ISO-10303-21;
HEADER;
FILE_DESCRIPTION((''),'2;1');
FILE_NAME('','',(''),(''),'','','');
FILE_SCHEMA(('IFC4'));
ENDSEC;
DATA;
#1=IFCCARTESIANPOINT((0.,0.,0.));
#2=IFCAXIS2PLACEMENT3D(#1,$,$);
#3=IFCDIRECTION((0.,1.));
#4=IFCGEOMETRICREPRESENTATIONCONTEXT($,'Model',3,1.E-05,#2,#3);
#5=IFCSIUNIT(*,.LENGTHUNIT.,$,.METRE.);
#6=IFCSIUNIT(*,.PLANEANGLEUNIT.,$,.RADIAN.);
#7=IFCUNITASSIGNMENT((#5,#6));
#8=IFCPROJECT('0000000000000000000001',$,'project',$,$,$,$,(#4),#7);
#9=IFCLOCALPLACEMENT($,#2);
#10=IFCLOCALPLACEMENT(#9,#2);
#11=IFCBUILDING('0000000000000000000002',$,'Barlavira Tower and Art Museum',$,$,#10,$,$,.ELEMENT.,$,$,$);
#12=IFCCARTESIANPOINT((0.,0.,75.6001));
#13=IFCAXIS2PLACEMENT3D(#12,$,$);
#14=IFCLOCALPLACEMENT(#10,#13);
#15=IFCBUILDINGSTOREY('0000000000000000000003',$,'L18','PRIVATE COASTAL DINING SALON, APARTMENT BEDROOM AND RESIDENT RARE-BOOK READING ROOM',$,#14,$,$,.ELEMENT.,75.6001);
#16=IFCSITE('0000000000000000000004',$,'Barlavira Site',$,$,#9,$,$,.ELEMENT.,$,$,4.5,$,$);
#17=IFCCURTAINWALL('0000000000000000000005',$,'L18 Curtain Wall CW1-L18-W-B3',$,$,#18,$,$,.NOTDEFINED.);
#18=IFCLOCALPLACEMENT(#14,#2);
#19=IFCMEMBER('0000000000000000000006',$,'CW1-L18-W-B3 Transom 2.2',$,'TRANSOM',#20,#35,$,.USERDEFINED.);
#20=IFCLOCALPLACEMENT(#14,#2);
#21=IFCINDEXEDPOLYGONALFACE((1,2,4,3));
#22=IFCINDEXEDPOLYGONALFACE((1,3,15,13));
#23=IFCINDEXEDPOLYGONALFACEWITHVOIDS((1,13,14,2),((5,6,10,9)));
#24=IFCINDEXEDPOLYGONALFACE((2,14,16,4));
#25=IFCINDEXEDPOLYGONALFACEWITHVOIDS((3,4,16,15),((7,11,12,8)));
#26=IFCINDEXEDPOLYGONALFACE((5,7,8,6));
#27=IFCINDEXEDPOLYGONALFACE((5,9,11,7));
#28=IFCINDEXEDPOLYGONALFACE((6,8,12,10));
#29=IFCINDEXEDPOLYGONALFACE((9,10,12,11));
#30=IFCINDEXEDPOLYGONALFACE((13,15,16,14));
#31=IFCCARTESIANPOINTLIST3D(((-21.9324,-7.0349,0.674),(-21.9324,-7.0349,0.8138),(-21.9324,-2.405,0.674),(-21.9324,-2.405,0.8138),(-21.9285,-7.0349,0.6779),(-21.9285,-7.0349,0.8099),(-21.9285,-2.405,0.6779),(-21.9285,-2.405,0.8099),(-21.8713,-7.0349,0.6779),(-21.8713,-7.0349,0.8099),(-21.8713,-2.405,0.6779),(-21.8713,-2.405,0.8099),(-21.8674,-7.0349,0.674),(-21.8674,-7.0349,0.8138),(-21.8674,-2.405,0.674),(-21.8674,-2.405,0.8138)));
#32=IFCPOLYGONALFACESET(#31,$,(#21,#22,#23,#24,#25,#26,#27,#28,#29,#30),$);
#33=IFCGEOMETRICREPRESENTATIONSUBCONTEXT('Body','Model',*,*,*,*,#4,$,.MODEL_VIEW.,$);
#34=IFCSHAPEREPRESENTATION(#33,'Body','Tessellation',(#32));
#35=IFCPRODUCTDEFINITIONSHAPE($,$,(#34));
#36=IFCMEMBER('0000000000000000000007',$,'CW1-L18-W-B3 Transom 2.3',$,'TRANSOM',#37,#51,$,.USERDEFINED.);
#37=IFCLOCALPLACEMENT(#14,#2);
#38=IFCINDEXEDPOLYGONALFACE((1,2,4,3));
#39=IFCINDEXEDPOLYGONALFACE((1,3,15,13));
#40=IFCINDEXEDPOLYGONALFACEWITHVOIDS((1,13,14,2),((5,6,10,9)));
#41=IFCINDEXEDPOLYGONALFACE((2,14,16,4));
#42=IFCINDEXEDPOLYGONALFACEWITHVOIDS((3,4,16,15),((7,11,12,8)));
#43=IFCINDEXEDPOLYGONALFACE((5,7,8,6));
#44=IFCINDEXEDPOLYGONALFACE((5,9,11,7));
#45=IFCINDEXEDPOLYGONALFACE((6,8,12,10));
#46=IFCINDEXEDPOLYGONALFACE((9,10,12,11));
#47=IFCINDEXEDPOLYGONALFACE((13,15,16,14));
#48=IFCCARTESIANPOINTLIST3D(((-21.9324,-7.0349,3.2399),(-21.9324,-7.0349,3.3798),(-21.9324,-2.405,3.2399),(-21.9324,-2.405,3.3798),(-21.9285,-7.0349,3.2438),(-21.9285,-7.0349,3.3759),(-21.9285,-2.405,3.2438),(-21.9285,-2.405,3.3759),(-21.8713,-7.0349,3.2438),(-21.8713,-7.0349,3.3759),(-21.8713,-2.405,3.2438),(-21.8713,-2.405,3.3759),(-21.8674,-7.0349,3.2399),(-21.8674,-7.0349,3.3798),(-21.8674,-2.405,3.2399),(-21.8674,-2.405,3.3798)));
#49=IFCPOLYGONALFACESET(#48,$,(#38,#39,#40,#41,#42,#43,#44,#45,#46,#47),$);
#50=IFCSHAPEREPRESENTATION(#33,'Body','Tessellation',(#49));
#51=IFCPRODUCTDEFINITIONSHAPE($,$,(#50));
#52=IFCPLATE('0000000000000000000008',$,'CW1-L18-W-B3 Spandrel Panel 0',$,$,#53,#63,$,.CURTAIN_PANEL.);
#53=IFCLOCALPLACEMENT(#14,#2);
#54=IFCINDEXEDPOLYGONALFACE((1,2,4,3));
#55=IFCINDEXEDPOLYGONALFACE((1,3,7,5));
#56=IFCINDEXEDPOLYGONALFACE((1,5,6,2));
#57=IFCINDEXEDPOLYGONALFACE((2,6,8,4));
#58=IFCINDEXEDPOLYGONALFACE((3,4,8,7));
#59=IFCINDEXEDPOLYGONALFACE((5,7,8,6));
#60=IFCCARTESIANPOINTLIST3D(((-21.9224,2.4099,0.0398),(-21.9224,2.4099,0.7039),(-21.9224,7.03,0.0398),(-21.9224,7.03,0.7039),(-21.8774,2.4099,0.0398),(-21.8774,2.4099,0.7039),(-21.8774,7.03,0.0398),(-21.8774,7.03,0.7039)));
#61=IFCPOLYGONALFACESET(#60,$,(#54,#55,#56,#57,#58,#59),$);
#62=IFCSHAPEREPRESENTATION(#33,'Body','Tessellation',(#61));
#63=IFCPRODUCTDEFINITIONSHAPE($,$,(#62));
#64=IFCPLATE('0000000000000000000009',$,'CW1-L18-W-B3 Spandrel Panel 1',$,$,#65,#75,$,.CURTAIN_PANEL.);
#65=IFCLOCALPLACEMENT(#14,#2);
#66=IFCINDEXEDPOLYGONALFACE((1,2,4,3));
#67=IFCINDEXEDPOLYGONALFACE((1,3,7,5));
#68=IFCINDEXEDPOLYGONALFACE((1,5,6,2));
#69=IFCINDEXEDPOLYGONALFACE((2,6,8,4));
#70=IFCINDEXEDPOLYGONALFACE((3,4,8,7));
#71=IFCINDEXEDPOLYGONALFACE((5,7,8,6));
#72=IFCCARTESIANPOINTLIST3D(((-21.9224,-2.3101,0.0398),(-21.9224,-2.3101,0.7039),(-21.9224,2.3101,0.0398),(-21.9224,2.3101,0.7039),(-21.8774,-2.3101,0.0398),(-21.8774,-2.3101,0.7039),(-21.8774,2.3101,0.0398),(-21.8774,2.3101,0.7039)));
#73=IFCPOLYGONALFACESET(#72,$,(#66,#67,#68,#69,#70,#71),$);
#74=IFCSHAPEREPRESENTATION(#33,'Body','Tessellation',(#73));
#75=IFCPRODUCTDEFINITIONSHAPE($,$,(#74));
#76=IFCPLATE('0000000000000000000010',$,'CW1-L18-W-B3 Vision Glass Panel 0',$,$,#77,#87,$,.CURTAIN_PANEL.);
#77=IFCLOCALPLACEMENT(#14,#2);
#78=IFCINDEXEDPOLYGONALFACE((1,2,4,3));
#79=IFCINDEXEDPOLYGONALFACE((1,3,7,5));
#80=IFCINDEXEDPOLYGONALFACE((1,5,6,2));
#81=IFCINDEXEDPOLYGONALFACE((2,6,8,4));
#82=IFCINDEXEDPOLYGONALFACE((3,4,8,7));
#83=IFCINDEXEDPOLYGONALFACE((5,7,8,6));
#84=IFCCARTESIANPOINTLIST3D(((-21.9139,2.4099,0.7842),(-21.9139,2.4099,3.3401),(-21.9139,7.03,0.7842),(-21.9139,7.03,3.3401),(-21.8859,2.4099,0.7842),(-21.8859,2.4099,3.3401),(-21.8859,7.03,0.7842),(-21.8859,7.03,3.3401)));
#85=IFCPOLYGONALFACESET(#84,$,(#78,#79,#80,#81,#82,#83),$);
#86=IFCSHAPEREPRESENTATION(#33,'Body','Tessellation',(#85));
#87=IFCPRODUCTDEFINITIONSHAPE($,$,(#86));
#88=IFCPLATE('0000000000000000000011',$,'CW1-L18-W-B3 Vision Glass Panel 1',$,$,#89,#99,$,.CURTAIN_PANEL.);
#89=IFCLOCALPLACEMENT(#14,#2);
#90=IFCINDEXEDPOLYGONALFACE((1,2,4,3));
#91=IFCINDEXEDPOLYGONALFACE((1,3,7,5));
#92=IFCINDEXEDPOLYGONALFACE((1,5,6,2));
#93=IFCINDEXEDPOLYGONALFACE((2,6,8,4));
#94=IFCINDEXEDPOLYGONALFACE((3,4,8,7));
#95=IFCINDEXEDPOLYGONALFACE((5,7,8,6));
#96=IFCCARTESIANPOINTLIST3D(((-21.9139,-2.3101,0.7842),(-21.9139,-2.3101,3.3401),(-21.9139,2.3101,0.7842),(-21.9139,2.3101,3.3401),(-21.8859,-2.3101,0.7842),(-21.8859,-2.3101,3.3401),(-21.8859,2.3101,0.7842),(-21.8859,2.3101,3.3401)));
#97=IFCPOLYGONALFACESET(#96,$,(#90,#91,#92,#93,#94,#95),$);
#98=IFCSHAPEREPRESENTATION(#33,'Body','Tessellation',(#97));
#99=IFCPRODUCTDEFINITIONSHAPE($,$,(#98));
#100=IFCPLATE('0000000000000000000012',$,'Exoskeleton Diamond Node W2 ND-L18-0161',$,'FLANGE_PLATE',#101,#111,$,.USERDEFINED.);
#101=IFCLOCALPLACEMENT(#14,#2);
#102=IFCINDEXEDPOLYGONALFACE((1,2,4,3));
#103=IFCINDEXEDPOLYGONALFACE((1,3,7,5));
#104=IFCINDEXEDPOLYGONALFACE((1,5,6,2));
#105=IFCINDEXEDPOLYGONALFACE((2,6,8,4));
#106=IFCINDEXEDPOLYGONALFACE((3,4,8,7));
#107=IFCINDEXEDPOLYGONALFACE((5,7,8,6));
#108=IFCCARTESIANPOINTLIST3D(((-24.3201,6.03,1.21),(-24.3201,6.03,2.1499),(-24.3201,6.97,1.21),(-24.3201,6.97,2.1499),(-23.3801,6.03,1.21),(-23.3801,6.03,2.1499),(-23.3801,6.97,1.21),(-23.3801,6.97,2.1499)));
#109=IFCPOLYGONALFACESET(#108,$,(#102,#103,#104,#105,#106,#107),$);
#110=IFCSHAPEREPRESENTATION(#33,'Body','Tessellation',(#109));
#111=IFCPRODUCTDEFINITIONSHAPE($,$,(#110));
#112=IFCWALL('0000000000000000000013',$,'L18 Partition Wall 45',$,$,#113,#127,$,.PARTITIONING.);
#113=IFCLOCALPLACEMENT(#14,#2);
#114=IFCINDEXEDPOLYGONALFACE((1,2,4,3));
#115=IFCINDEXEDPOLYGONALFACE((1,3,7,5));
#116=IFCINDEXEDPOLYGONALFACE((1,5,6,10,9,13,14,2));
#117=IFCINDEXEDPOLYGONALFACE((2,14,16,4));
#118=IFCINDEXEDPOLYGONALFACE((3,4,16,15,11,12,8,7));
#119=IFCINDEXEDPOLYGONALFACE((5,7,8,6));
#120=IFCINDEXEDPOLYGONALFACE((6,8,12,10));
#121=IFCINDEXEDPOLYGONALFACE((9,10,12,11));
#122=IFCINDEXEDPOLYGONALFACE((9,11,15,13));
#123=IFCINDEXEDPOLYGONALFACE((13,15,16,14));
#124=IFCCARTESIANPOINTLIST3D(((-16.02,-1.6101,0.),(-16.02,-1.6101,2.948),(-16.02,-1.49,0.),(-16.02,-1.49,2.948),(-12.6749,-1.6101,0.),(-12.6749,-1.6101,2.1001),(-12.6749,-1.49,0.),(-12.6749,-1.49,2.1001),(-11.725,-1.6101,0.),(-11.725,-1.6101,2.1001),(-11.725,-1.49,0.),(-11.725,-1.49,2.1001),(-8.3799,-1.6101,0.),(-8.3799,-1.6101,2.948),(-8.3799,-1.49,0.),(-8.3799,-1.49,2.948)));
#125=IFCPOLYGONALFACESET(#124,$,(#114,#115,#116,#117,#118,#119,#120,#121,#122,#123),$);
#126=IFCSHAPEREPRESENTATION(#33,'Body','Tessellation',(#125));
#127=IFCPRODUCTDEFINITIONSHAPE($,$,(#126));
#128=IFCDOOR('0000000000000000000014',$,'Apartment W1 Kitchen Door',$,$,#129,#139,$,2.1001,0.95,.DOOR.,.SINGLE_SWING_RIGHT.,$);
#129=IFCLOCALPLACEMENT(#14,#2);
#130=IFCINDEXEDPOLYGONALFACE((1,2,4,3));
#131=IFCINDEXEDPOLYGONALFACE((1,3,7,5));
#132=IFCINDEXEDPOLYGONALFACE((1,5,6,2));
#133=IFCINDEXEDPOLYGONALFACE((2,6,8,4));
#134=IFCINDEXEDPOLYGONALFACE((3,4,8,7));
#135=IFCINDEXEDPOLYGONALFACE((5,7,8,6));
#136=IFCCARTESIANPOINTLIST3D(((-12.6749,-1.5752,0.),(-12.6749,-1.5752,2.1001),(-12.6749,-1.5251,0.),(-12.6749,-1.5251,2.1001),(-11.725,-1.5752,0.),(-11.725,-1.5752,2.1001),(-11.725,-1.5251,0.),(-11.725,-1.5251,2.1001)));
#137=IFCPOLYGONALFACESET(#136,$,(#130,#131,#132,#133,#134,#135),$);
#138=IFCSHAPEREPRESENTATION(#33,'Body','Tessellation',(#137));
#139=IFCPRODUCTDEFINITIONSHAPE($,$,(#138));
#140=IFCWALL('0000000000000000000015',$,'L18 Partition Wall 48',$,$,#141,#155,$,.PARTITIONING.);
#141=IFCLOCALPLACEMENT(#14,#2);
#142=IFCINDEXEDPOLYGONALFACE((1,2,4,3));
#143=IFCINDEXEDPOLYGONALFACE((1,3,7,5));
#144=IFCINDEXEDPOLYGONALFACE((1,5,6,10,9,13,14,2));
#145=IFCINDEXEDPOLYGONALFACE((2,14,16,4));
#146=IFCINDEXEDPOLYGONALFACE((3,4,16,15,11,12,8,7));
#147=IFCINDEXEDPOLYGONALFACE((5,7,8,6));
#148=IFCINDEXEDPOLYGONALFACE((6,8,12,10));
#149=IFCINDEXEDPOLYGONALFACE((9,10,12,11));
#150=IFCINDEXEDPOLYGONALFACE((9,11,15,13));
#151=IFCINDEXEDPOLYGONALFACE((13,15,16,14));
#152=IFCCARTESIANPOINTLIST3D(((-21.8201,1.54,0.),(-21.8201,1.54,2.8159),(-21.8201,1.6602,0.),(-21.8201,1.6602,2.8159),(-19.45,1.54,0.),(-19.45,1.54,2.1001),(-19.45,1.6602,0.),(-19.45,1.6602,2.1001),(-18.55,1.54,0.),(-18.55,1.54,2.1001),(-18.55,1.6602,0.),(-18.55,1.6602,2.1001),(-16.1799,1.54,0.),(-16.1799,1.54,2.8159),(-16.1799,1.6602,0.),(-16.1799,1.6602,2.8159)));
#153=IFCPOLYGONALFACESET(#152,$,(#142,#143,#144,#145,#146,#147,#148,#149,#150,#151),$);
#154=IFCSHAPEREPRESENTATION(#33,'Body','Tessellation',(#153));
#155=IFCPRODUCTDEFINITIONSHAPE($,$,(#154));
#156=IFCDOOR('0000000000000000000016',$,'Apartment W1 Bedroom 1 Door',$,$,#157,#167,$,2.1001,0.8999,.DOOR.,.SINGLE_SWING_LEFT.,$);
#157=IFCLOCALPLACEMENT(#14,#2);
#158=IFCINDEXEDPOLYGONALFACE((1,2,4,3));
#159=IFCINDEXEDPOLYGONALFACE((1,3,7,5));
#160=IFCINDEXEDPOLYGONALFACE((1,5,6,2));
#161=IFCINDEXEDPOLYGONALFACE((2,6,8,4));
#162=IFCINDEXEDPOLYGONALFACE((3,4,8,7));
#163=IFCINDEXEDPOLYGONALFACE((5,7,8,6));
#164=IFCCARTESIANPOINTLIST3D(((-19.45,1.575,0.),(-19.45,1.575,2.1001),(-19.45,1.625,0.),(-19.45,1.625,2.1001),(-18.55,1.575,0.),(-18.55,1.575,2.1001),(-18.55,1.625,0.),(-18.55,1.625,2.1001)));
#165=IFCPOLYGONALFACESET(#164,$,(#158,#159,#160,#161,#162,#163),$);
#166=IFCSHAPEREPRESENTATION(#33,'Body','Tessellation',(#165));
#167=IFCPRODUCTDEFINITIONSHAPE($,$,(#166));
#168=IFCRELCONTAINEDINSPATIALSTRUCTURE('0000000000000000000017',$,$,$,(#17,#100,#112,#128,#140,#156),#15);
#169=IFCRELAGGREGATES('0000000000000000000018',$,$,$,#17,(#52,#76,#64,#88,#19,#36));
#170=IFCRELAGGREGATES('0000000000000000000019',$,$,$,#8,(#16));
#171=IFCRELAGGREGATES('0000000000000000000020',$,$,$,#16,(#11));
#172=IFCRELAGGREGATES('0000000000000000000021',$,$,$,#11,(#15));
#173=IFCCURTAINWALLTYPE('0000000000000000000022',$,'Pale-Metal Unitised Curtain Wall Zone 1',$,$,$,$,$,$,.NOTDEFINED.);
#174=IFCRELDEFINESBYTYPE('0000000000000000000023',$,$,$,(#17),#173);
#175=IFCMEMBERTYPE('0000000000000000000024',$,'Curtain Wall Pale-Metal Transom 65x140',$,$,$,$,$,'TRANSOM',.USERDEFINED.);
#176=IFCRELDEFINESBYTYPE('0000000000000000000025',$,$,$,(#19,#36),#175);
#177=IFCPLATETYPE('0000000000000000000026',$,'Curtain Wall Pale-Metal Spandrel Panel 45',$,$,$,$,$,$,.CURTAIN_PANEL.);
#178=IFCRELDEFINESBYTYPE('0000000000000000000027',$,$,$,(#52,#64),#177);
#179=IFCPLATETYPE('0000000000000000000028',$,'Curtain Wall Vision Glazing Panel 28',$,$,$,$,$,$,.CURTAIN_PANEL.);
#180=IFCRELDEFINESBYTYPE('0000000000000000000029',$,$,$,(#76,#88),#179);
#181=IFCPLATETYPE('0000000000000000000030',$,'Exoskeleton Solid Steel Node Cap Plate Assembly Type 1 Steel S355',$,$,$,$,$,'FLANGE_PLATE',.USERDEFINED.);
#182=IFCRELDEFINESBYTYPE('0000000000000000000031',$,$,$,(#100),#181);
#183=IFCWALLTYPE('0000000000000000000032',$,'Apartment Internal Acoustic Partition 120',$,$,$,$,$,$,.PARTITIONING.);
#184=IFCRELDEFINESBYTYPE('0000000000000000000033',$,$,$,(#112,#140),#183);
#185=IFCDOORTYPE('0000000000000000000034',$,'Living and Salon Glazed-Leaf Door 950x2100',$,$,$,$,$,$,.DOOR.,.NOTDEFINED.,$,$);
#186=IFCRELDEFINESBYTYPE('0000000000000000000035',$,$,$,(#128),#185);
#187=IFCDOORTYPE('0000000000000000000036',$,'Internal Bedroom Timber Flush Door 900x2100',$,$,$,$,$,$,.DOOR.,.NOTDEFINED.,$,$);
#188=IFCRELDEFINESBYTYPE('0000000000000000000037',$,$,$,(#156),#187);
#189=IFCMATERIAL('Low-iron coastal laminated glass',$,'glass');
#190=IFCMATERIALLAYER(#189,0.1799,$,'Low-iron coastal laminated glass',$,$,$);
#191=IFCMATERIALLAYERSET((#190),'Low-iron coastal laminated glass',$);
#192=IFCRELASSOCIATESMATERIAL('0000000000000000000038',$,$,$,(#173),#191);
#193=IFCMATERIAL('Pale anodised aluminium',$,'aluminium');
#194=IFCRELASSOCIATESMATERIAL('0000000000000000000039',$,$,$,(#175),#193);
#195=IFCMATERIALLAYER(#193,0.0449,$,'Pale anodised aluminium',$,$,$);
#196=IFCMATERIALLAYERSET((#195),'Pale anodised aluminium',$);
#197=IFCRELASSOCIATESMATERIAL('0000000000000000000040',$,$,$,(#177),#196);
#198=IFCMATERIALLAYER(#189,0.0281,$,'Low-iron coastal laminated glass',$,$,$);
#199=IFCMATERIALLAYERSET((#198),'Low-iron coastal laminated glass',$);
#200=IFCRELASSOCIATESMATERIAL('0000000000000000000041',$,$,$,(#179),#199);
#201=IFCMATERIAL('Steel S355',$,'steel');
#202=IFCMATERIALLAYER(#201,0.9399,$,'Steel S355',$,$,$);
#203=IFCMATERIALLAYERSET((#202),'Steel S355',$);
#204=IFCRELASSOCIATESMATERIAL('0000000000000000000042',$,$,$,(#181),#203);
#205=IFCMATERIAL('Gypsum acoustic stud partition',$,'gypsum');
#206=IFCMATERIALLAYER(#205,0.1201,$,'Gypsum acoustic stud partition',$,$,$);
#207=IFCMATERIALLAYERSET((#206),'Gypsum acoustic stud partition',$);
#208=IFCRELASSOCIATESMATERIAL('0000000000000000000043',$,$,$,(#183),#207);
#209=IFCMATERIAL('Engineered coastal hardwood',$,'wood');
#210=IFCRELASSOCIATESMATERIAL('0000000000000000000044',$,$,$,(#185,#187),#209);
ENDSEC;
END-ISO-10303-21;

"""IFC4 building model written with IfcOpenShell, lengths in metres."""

from ifc_helpers import new_model, si_unit, direction, frame, frame_2d, origin, origin_2d, place, context, subcontext, project, spatial, rectangle, hollow_rectangle, extrude, material, layer, layer_set, material_profile, profile_set, type_object, element, fill, aggregate, save


model = new_model("IFC4")

# Units and contexts
model_context = context("Model", 3, precision=1e-05, world=origin(), true_north=direction((0.0, 1.0)))
body_context = subcontext(model_context, "Body", "Model", "MODEL_VIEW")
ifc_project = project(units=[si_unit("LENGTHUNIT", "METRE"), si_unit("PLANEANGLEUNIT", "RADIAN")], contexts=[model_context])

# Site, building, storey
site_placement = place(None, origin())
site = spatial("IfcSite", under=ifc_project, at=site_placement, Name="Barlavira Site", CompositionType="ELEMENT", RefElevation=4.5)
building_placement = place(site_placement, origin())
building = spatial("IfcBuilding", under=site, at=building_placement, Name="Barlavira Tower and Art Museum", CompositionType="ELEMENT")
storey_placement = place(building_placement, frame((0.0, 0.0, 75.6001)))
storey = spatial("IfcBuildingStorey", under=building, at=storey_placement, Name="L18", Description="PRIVATE COASTAL DINING SALON, APARTMENT BEDROOM AND RESIDENT RARE-BOOK READING ROOM", CompositionType="ELEMENT", Elevation=75.6001)

# Curtain wall, members, plates
ifc_material_1 = material(Name="Low-iron coastal laminated glass", Category="glass")
ifc_layer_1 = layer(ifc_material_1, 0.1799, Name="Low-iron coastal laminated glass")
ifc_layer_set_1 = layer_set([ifc_layer_1], Name="Low-iron coastal laminated glass")
curtain_wall_type = type_object("IfcCurtainWallType", Name="Pale-Metal Unitised Curtain Wall Zone 1", PredefinedType="NOTDEFINED", material=ifc_layer_set_1)
curtain_wall_placement = place(storey_placement, origin())
curtain_wall = element("IfcCurtainWall", 1, at=curtain_wall_placement, inside=storey, type_object=curtain_wall_type, Name="L18 Curtain Wall CW1-L18-W-B3", PredefinedType="NOTDEFINED")
ifc_material_2 = material(Name="Pale anodised aluminium", Category="aluminium")
ifc_material_profile_1 = material_profile(ifc_material_2, hollow_rectangle(XDim=0.0649, YDim=0.1399, WallThickness=0.0039, at=origin_2d()), Name="ALU-TRAN 65x140x4")
ifc_profile_set_1 = profile_set([ifc_material_profile_1], Name="Pale anodised aluminium")
member_type_1 = type_object("IfcMemberType", Name="Curtain Wall Pale-Metal Transom 65x140", ElementType="TRANSOM", PredefinedType="USERDEFINED", material=ifc_profile_set_1)
member_1_placement = place(storey_placement, frame((-21.8999, -2.405, 0.7439), z_axis=(0.0, -1.0, 0.0), x_axis=(1.0, 0.0, 0.0)))
member_1 = element("IfcMember", 2, at=member_1_placement, type_object=member_type_1, Name="CW1-L18-W-B3 Transom 2.2", ObjectType="TRANSOM", PredefinedType="USERDEFINED", context=body_context, shape_type="SweptSolid", body=[
    extrude(hollow_rectangle(XDim=0.0649, YDim=0.1399, WallThickness=0.0039, at=origin_2d()), origin(), (0.0, 0.0, 1.0), 4.6299),
])
member_2_placement = place(storey_placement, frame((-21.8999, -2.405, 3.3098), z_axis=(0.0, -1.0, 0.0), x_axis=(1.0, 0.0, 0.0)))
member_2 = element("IfcMember", 3, at=member_2_placement, type_object=member_type_1, Name="CW1-L18-W-B3 Transom 2.3", ObjectType="TRANSOM", PredefinedType="USERDEFINED", context=body_context, shape_type="SweptSolid", body=[
    extrude(hollow_rectangle(XDim=0.0649, YDim=0.1399, WallThickness=0.0039, at=origin_2d()), origin(), (0.0, 0.0, 1.0), 4.6299),
])
ifc_layer_2 = layer(ifc_material_2, 0.0449, Name="Pale anodised aluminium")
ifc_layer_set_2 = layer_set([ifc_layer_2], Name="Pale anodised aluminium")
plate_type_1 = type_object("IfcPlateType", Name="Curtain Wall Pale-Metal Spandrel Panel 45", PredefinedType="CURTAIN_PANEL", material=ifc_layer_set_2)
plate_1_placement = place(storey_placement, frame((-21.8999, 4.72, 0.0398), z_axis=(0.0, 0.0, 1.0), x_axis=(0.0, -1.0, 0.0)))
plate_1 = element("IfcPlate", 4, at=plate_1_placement, type_object=plate_type_1, Name="CW1-L18-W-B3 Spandrel Panel 0", PredefinedType="CURTAIN_PANEL", context=body_context, shape_type="SweptSolid", body=[
    extrude(rectangle(XDim=4.6201, YDim=0.0449, at=origin_2d()), origin(), (0.0, 0.0, 1.0), 0.6641),
])
plate_2_placement = place(storey_placement, frame((-21.8999, 0.0, 0.0398), z_axis=(0.0, 0.0, 1.0), x_axis=(0.0, -1.0, 0.0)))
plate_2 = element("IfcPlate", 5, at=plate_2_placement, type_object=plate_type_1, Name="CW1-L18-W-B3 Spandrel Panel 1", PredefinedType="CURTAIN_PANEL", context=body_context, shape_type="SweptSolid", body=[
    extrude(rectangle(XDim=4.6201, YDim=0.0449, at=origin_2d()), origin(), (0.0, 0.0, 1.0), 0.6641),
])
ifc_layer_3 = layer(ifc_material_1, 0.0281, Name="Low-iron coastal laminated glass")
ifc_layer_set_3 = layer_set([ifc_layer_3], Name="Low-iron coastal laminated glass")
plate_type_2 = type_object("IfcPlateType", Name="Curtain Wall Vision Glazing Panel 28", PredefinedType="CURTAIN_PANEL", material=ifc_layer_set_3)
plate_3_placement = place(storey_placement, frame((-21.8999, 4.72, 0.7842), z_axis=(0.0, 0.0, 1.0), x_axis=(0.0, -1.0, 0.0)))
plate_3 = element("IfcPlate", 6, at=plate_3_placement, type_object=plate_type_2, Name="CW1-L18-W-B3 Vision Glass Panel 0", PredefinedType="CURTAIN_PANEL", context=body_context, shape_type="SweptSolid", body=[
    extrude(rectangle(XDim=4.6201, YDim=0.0281, at=origin_2d()), origin(), (0.0, 0.0, 1.0), 2.5559),
])
plate_4_placement = place(storey_placement, frame((-21.8999, 0.0, 0.7842), z_axis=(0.0, 0.0, 1.0), x_axis=(0.0, -1.0, 0.0)))
plate_4 = element("IfcPlate", 7, at=plate_4_placement, type_object=plate_type_2, Name="CW1-L18-W-B3 Vision Glass Panel 1", PredefinedType="CURTAIN_PANEL", context=body_context, shape_type="SweptSolid", body=[
    extrude(rectangle(XDim=4.6201, YDim=0.0281, at=origin_2d()), origin(), (0.0, 0.0, 1.0), 2.5559),
])
aggregate(curtain_wall, [plate_1, plate_3, plate_2, plate_4, member_1, member_2])

# Plate
ifc_material_3 = material(Name="Steel S355", Category="steel")
ifc_layer_4 = layer(ifc_material_3, 0.9399, Name="Steel S355")
ifc_layer_set_4 = layer_set([ifc_layer_4], Name="Steel S355")
plate_type_3 = type_object("IfcPlateType", Name="Exoskeleton Solid Steel Node Cap Plate Assembly Type 1 Steel S355", ElementType="FLANGE_PLATE", PredefinedType="USERDEFINED", material=ifc_layer_set_4)
plate_5_placement = place(storey_placement, frame((-23.8501, 6.5, 1.21), z_axis=(0.0, 0.0, 1.0), x_axis=(1.0, 0.0, 0.0)))
element("IfcPlate", 8, at=plate_5_placement, inside=storey, type_object=plate_type_3, Name="Exoskeleton Diamond Node W2 ND-L18-0161", ObjectType="FLANGE_PLATE", PredefinedType="USERDEFINED", context=body_context, shape_type="SweptSolid", body=[
    extrude(rectangle(XDim=0.9399, YDim=0.9399, at=origin_2d()), origin(), (0.0, 0.0, 1.0), 0.9399),
])

# Walls, openings, doors
ifc_material_4 = material(Name="Gypsum acoustic stud partition", Category="gypsum")
ifc_layer_5 = layer(ifc_material_4, 0.1201, Name="Gypsum acoustic stud partition")
ifc_layer_set_5 = layer_set([ifc_layer_5], Name="Gypsum acoustic stud partition")
wall_type = type_object("IfcWallType", Name="Apartment Internal Acoustic Partition 120", PredefinedType="PARTITIONING", material=ifc_layer_set_5)
wall_1_placement = place(storey_placement, frame((-16.02, -1.55, 0.0), z_axis=(0.0, 0.0, 1.0), x_axis=(1.0, 0.0, 0.0)))
wall_1 = element("IfcWall", 9, at=wall_1_placement, inside=storey, type_object=wall_type, Name="L18 Partition Wall 45", PredefinedType="PARTITIONING", context=body_context, shape_type="SweptSolid", body=[
    extrude(rectangle(XDim=7.6401, YDim=0.1201, at=frame_2d((3.8201, 0.0))), origin(), (0.0, 0.0, 1.0), 2.948),
])
opening_1_placement = place(wall_1_placement, frame((3.345, 0.0, 0.0)))
opening_1 = element("IfcOpeningElement", 10, at=opening_1_placement, cuts=wall_1, PredefinedType="OPENING", context=body_context, shape_type="SweptSolid", body=[
    extrude(rectangle(XDim=0.95, YDim=2.1001, at=frame_2d((0.4751, 1.05))), frame((0.0, 0.0701, 0.0), z_axis=(0.0, -1.0, 0.0), x_axis=(1.0, 0.0, 0.0)), (0.0, 0.0, 1.0), 0.1401),
])
ifc_material_5 = material(Name="Engineered coastal hardwood", Category="wood")
door_type_1 = type_object("IfcDoorType", Name="Living and Salon Glazed-Leaf Door 950x2100", OperationType="NOTDEFINED", PredefinedType="DOOR", material=ifc_material_5)
door_1_placement = place(opening_1_placement, origin())
door_1 = element("IfcDoor", 11, at=door_1_placement, inside=storey, type_object=door_type_1, Name="Apartment W1 Kitchen Door", OperationType="SINGLE_SWING_RIGHT", OverallHeight=2.1001, OverallWidth=0.95, PredefinedType="DOOR", context=body_context, shape_type="SweptSolid", body=[
    extrude(rectangle(XDim=0.95, YDim=2.1001, at=frame_2d((0.4751, 1.05))), frame((0.0, 0.0249, 0.0), z_axis=(0.0, -1.0, 0.0), x_axis=(1.0, 0.0, 0.0)), (0.0, 0.0, 1.0), 0.05),
])
fill(opening_1, door_1)
wall_2_placement = place(storey_placement, frame((-21.8201, 1.6001, 0.0), z_axis=(0.0, 0.0, 1.0), x_axis=(1.0, 0.0, 0.0)))
wall_2 = element("IfcWall", 12, at=wall_2_placement, inside=storey, type_object=wall_type, Name="L18 Partition Wall 48", PredefinedType="PARTITIONING", context=body_context, shape_type="SweptSolid", body=[
    extrude(rectangle(XDim=5.6401, YDim=0.1201, at=frame_2d((2.8201, 0.0))), origin(), (0.0, 0.0, 1.0), 2.8159),
])
opening_2_placement = place(wall_2_placement, frame((2.3701, 0.0, 0.0)))
opening_2 = element("IfcOpeningElement", 13, at=opening_2_placement, cuts=wall_2, PredefinedType="OPENING", context=body_context, shape_type="SweptSolid", body=[
    extrude(rectangle(XDim=0.8999, YDim=2.1001, at=frame_2d((0.45, 1.05))), frame((0.0, 0.0701, 0.0), z_axis=(0.0, -1.0, 0.0), x_axis=(1.0, 0.0, 0.0)), (0.0, 0.0, 1.0), 0.1401),
])
door_type_2 = type_object("IfcDoorType", Name="Internal Bedroom Timber Flush Door 900x2100", OperationType="NOTDEFINED", PredefinedType="DOOR", material=ifc_material_5)
door_2_placement = place(opening_2_placement, origin())
door_2 = element("IfcDoor", 14, at=door_2_placement, inside=storey, type_object=door_type_2, Name="Apartment W1 Bedroom 1 Door", OperationType="SINGLE_SWING_LEFT", OverallHeight=2.1001, OverallWidth=0.8999, PredefinedType="DOOR", context=body_context, shape_type="SweptSolid", body=[
    extrude(rectangle(XDim=0.8999, YDim=2.1001, at=frame_2d((0.45, 1.05))), frame((0.0, 0.0249, 0.0), z_axis=(0.0, -1.0, 0.0), x_axis=(1.0, 0.0, 0.0)), (0.0, 0.0, 1.0), 0.05),
])
fill(opening_2, door_2)

save(model, "model.ifc")
